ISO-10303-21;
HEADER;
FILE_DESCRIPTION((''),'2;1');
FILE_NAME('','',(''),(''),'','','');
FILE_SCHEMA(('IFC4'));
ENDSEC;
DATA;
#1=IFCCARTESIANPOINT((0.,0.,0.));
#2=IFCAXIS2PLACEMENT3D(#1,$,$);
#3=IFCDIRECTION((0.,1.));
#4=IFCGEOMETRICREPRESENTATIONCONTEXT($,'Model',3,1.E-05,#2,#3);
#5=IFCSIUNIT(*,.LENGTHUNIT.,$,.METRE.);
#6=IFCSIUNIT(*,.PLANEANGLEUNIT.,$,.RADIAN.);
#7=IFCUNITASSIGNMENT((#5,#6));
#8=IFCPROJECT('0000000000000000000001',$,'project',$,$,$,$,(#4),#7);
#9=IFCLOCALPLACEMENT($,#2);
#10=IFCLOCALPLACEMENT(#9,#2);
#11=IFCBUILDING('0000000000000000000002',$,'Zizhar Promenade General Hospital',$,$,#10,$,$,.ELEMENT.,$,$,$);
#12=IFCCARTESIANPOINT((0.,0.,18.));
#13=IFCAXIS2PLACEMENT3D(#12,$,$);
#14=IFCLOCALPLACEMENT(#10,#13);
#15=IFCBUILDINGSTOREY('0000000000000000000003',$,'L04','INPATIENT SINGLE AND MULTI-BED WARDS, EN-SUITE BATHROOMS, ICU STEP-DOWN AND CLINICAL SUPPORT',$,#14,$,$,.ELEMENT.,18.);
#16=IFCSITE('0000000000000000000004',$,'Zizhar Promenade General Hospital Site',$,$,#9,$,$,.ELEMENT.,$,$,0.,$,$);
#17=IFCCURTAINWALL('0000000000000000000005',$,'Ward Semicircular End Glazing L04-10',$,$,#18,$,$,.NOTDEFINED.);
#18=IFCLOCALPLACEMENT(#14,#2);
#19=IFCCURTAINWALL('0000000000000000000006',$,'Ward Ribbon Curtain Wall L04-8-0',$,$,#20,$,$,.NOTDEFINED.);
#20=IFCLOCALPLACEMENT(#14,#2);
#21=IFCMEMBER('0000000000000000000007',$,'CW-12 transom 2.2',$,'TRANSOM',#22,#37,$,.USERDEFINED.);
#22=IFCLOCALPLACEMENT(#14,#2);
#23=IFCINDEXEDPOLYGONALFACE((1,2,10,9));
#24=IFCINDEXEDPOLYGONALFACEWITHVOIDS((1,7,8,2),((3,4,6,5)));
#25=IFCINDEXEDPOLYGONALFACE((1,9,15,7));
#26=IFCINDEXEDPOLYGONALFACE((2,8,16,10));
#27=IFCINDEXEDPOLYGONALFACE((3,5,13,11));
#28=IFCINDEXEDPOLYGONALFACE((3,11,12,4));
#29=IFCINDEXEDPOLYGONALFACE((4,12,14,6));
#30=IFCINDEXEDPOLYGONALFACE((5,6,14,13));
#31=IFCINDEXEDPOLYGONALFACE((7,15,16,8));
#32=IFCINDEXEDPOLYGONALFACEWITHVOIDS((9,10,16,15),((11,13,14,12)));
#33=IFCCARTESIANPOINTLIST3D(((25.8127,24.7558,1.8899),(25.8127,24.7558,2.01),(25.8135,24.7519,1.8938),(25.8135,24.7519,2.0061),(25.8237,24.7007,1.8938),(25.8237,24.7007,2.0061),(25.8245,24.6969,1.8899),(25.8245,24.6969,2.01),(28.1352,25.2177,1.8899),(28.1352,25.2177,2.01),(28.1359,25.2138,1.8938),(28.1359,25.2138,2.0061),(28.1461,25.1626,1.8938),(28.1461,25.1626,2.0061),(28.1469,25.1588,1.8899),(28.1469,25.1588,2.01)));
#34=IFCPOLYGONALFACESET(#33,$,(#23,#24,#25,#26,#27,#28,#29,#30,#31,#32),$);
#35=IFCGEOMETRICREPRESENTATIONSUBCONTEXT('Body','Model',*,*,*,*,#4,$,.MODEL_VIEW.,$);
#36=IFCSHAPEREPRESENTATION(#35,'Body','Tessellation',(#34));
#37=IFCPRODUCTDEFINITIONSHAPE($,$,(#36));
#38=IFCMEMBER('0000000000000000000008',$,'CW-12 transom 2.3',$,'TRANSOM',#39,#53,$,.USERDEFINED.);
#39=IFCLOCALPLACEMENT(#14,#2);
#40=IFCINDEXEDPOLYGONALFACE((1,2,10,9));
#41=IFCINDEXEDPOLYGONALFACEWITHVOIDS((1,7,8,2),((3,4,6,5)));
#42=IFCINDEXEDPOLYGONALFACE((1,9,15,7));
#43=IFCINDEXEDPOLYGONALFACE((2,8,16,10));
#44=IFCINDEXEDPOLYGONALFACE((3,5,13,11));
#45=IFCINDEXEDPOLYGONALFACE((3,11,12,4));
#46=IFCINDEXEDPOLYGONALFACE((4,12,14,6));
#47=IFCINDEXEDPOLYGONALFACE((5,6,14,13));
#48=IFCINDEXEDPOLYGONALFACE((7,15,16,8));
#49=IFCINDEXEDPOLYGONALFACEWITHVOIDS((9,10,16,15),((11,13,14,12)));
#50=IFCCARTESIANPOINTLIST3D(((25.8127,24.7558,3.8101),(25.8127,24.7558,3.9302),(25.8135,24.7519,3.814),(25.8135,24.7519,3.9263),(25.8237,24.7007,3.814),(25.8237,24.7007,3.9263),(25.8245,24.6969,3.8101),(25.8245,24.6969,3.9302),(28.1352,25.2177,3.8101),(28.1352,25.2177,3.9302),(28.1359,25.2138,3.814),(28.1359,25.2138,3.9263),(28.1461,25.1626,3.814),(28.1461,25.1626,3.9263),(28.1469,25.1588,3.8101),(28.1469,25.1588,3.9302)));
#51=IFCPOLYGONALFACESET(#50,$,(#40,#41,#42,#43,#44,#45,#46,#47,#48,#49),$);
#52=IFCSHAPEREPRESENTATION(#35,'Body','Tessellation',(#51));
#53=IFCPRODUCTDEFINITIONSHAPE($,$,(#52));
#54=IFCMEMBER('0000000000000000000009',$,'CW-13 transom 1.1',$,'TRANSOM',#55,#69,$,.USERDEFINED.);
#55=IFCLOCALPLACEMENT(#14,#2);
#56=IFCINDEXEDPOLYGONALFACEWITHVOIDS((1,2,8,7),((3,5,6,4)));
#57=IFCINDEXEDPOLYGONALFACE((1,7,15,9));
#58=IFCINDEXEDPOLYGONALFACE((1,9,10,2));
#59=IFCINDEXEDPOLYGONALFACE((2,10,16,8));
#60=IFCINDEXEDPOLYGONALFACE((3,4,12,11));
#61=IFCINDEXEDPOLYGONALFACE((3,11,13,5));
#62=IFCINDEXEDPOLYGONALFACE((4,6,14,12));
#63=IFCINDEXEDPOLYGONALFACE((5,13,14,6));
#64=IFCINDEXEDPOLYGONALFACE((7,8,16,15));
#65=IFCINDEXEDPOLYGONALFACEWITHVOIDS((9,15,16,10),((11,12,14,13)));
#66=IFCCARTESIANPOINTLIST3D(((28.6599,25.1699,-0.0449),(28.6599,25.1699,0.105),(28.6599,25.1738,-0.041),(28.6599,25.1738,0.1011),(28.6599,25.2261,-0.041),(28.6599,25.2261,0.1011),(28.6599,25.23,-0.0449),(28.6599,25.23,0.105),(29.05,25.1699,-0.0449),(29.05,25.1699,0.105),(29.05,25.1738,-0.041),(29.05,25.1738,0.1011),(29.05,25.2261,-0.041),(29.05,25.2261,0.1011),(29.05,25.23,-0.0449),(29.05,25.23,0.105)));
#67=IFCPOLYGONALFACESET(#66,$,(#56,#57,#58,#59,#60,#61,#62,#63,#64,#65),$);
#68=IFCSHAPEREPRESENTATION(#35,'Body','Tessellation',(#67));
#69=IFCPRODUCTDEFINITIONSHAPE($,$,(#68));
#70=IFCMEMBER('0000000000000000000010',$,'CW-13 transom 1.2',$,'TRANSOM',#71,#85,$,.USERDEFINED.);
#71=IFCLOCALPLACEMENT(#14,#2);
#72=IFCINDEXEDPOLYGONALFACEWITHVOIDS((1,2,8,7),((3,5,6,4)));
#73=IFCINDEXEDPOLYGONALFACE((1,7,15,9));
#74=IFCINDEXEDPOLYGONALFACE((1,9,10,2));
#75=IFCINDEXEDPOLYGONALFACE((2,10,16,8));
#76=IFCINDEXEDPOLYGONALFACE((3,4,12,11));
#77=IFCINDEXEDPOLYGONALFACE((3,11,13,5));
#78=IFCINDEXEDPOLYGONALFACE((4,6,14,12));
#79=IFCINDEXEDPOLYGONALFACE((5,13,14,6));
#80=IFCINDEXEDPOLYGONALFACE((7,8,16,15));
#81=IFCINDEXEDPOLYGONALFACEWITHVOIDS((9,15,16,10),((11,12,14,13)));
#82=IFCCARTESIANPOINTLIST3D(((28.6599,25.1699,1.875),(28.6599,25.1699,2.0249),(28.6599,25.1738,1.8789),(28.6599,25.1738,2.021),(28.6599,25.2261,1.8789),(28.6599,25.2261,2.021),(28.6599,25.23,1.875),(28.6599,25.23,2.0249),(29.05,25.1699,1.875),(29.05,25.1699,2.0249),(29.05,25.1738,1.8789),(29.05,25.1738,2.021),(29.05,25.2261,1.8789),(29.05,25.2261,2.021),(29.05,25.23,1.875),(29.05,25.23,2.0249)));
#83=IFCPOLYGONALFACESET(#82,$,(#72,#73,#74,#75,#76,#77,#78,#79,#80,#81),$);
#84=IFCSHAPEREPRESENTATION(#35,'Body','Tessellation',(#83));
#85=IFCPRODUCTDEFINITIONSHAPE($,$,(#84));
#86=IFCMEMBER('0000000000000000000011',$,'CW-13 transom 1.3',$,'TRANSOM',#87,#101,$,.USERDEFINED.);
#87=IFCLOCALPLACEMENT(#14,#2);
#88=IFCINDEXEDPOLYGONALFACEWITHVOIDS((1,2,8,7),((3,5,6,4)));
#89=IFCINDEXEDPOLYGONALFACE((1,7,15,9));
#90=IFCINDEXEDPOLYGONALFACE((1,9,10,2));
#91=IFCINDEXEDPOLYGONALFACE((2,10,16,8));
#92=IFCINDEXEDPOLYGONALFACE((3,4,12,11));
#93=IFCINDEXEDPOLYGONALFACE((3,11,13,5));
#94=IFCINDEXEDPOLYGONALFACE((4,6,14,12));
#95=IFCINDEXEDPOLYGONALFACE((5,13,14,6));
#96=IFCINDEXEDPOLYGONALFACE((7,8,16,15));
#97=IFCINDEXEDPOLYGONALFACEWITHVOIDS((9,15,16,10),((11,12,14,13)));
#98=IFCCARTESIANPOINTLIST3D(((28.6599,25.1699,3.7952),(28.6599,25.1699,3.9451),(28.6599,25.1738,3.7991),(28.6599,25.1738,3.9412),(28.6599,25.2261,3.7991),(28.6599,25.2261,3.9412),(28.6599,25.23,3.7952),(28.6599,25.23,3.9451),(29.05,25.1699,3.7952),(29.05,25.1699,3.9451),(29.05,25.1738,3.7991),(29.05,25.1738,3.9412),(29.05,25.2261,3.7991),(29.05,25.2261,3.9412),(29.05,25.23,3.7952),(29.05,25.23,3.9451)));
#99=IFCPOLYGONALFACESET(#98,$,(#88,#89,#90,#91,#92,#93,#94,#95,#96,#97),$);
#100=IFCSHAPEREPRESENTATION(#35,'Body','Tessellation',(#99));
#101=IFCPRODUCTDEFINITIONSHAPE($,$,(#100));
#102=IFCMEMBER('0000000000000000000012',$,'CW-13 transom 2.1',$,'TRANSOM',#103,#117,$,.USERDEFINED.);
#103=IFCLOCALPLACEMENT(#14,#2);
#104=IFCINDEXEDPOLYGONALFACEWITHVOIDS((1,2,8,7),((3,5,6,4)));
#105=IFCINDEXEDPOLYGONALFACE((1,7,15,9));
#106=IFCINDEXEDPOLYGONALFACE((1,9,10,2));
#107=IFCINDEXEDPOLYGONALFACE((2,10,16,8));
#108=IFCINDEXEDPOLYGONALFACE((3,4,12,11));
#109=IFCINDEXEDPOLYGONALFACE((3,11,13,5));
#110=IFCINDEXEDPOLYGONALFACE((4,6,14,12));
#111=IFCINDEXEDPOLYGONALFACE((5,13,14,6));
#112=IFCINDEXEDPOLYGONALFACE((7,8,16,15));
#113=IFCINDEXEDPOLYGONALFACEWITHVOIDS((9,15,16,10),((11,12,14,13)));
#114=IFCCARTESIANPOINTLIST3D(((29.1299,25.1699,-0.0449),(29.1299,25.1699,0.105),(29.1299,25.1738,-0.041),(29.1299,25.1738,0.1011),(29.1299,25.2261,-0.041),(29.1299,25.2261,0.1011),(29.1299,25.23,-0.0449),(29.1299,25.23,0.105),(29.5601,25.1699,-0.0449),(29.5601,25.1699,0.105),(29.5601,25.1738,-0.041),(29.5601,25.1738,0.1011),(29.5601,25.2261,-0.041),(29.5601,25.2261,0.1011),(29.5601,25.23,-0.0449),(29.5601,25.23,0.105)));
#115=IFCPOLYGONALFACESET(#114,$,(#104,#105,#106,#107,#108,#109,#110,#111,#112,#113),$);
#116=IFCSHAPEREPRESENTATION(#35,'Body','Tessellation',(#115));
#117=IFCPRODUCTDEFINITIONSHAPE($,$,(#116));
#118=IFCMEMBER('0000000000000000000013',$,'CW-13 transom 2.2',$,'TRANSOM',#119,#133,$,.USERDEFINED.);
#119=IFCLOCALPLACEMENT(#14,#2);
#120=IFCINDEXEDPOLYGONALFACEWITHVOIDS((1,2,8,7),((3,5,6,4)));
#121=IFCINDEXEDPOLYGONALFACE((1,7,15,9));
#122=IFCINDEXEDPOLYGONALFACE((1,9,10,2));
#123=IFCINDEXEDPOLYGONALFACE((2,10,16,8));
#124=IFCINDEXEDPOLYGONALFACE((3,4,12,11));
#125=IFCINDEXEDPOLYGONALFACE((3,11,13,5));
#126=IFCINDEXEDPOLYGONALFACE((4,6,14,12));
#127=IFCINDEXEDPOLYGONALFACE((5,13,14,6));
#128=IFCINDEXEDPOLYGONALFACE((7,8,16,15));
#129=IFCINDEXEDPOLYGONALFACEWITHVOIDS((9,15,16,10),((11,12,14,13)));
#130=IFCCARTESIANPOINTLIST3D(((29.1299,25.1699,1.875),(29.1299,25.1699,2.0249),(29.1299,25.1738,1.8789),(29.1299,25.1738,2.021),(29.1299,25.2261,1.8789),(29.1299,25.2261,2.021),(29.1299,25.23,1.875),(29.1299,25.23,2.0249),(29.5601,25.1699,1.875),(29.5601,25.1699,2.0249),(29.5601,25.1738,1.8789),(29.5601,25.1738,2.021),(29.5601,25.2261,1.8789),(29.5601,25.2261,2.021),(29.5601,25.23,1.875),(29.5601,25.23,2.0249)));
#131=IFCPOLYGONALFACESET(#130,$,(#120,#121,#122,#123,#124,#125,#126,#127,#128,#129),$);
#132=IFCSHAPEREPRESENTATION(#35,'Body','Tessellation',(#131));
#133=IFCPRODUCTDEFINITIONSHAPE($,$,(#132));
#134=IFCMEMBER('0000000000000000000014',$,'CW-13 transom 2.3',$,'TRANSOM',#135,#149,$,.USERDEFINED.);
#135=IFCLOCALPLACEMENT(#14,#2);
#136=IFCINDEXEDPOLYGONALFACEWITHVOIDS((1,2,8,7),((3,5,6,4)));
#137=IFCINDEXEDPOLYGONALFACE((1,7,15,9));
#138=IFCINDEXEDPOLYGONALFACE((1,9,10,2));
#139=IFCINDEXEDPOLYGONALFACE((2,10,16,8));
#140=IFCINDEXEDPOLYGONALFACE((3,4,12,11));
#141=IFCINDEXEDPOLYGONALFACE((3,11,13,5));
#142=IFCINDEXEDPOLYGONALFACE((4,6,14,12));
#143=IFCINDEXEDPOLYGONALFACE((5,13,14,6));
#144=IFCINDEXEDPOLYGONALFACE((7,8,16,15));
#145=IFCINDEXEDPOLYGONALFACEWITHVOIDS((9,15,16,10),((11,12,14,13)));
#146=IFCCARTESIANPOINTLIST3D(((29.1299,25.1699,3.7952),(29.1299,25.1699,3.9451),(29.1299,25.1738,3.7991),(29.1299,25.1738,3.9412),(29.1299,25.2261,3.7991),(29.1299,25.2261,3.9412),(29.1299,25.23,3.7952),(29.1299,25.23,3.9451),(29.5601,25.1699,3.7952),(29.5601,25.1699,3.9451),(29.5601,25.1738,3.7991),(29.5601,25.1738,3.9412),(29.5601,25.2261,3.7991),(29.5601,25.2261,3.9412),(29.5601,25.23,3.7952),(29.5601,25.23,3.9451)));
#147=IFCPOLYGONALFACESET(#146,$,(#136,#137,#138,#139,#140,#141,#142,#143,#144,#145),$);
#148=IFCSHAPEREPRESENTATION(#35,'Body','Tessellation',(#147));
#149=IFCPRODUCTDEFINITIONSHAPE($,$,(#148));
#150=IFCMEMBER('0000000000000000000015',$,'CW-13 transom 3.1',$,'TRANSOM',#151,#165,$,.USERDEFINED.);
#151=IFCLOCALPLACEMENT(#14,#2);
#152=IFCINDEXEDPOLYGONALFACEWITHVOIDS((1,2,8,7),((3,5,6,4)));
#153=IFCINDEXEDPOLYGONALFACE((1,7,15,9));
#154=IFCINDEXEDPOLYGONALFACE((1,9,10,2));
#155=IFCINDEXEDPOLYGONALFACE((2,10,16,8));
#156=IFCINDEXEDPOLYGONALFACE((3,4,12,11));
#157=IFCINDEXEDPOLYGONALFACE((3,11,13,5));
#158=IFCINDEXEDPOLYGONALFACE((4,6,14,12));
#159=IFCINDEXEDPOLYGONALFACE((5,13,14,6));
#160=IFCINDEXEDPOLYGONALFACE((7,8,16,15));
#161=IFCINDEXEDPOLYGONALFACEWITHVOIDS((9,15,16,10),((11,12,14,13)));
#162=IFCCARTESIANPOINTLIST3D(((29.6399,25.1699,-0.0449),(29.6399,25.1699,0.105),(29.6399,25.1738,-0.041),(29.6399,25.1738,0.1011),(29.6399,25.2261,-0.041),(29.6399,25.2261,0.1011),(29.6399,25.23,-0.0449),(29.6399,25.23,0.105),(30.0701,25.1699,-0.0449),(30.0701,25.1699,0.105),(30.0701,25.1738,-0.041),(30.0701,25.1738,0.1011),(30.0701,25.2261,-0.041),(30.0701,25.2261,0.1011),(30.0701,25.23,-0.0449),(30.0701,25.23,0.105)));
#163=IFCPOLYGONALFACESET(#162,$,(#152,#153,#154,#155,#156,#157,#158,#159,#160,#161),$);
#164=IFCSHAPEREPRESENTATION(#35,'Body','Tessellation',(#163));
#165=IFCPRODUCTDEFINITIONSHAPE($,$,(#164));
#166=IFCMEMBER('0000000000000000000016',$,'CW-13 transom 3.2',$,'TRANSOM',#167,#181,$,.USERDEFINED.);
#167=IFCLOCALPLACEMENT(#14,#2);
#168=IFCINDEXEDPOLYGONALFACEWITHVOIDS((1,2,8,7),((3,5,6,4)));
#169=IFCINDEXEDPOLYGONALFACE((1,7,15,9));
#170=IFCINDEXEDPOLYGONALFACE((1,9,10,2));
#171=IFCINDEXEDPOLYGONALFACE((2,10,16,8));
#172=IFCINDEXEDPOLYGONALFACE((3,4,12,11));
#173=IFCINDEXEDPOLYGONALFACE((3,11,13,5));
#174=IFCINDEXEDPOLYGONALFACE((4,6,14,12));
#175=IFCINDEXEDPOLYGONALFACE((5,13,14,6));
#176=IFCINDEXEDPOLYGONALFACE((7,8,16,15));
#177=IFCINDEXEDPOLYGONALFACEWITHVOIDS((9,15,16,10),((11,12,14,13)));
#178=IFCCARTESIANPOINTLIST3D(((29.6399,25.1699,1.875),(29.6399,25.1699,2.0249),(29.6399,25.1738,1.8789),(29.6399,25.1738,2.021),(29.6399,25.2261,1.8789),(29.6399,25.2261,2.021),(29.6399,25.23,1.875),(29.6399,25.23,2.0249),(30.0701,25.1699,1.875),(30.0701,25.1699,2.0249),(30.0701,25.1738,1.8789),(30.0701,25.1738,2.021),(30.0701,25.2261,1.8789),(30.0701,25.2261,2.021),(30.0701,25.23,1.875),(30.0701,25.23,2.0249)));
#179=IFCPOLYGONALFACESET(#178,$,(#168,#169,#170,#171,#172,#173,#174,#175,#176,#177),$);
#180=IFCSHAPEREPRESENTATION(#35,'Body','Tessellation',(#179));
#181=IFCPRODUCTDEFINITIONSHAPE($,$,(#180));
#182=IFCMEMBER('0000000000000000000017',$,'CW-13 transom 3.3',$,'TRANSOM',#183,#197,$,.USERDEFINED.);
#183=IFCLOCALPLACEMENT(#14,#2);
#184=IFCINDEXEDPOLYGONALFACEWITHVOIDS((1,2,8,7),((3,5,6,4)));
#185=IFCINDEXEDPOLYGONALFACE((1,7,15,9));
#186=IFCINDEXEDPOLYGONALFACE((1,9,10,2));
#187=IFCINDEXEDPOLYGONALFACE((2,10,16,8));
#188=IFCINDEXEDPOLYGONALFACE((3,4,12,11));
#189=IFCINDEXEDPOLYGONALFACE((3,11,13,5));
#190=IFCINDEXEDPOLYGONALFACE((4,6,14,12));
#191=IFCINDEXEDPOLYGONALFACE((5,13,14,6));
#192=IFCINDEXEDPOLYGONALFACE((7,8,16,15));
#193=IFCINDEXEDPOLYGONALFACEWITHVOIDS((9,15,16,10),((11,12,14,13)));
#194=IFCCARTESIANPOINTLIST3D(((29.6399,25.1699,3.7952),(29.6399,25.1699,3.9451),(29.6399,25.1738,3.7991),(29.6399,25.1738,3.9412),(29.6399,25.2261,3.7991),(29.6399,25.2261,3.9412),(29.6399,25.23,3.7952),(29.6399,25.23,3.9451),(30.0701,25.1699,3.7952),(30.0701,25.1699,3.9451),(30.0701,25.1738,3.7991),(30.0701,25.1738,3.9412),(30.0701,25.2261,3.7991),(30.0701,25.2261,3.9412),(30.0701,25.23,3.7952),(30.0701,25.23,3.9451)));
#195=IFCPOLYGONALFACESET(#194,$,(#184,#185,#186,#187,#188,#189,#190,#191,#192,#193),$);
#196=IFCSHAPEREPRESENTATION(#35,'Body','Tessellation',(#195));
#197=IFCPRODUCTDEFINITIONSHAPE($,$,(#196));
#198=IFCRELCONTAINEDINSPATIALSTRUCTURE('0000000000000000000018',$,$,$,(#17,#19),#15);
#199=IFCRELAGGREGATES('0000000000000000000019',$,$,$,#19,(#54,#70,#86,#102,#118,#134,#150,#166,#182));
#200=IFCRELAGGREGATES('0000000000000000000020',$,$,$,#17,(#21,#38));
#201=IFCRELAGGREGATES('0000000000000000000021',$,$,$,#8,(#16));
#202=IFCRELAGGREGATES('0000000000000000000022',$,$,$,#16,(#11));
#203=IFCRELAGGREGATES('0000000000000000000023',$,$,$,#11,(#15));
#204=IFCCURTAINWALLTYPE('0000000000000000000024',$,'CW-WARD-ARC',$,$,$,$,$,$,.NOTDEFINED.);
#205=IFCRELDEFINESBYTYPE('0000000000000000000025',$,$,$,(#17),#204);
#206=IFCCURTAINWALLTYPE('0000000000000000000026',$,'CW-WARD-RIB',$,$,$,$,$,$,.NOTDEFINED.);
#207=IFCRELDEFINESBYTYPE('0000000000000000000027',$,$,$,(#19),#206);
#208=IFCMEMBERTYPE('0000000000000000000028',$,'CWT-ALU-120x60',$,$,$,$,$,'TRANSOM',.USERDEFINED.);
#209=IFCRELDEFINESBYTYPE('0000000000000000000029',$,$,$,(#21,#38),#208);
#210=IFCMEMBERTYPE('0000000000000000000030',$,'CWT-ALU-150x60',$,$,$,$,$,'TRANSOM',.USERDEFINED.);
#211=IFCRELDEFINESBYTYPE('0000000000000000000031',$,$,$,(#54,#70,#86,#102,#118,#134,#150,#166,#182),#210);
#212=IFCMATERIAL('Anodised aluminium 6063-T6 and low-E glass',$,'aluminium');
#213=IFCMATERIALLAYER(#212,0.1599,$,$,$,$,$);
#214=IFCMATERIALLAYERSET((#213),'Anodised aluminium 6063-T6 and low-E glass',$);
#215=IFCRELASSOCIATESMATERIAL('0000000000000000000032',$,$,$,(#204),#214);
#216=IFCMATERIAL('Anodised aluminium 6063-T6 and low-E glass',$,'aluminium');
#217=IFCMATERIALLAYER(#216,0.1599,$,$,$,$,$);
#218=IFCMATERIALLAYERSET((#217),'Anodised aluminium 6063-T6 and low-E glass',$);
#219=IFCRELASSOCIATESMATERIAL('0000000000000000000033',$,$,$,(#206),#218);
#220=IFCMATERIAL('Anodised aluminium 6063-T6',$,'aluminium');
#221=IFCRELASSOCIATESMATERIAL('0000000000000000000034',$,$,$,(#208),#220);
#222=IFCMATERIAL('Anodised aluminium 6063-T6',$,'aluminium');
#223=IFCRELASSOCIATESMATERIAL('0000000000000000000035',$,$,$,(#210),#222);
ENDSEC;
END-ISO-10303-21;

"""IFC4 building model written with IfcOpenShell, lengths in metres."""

from ifc_helpers import new_model, si_unit, direction, frame, origin, origin_2d, place, context, subcontext, project, spatial, hollow_rectangle, extrude, material, layer, layer_set, material_profile, profile_set, type_object, element, aggregate, save


model = new_model("IFC4")

# Units and contexts
model_context = context("Model", 3, precision=1e-05, world=origin(), true_north=direction((0.0, 1.0)))
body_context = subcontext(model_context, "Body", "Model", "MODEL_VIEW")
ifc_project = project(units=[si_unit("LENGTHUNIT", "METRE"), si_unit("PLANEANGLEUNIT", "RADIAN")], contexts=[model_context])

# Site, building, storey
site_placement = place(None, origin())
site = spatial("IfcSite", under=ifc_project, at=site_placement, Name="Zizhar Promenade General Hospital Site", CompositionType="ELEMENT", RefElevation=0.0)
building_placement = place(site_placement, origin())
building = spatial("IfcBuilding", under=site, at=building_placement, Name="Zizhar Promenade General Hospital", CompositionType="ELEMENT")
storey_placement = place(building_placement, frame((0.0, 0.0, 18.0)))
storey = spatial("IfcBuildingStorey", under=building, at=storey_placement, Name="L04", Description="INPATIENT SINGLE AND MULTI-BED WARDS, EN-SUITE BATHROOMS, ICU STEP-DOWN AND CLINICAL SUPPORT", CompositionType="ELEMENT", Elevation=18.0)

# Curtain walls
ifc_material_1 = material(Name="Anodised aluminium 6063-T6 and low-E glass", Category="aluminium")
ifc_layer_1 = layer(ifc_material_1, 0.1599)
ifc_layer_set_1 = layer_set([ifc_layer_1], Name="Anodised aluminium 6063-T6 and low-E glass")
curtain_wall_type_1 = type_object("IfcCurtainWallType", Name="CW-WARD-ARC", PredefinedType="NOTDEFINED", material=ifc_layer_set_1)
curtain_wall_1_placement = place(storey_placement, origin())
curtain_wall_1 = element("IfcCurtainWall", 1, at=curtain_wall_1_placement, inside=storey, type_object=curtain_wall_type_1, Name="Ward Semicircular End Glazing L04-10", PredefinedType="NOTDEFINED")
ifc_material_2 = material(Name="Anodised aluminium 6063-T6 and low-E glass", Category="aluminium")
ifc_layer_2 = layer(ifc_material_2, 0.1599)
ifc_layer_set_2 = layer_set([ifc_layer_2], Name="Anodised aluminium 6063-T6 and low-E glass")
curtain_wall_type_2 = type_object("IfcCurtainWallType", Name="CW-WARD-RIB", PredefinedType="NOTDEFINED", material=ifc_layer_set_2)
curtain_wall_2_placement = place(storey_placement, origin())
curtain_wall_2 = element("IfcCurtainWall", 2, at=curtain_wall_2_placement, inside=storey, type_object=curtain_wall_type_2, Name="Ward Ribbon Curtain Wall L04-8-0", PredefinedType="NOTDEFINED")

# Members
ifc_material_3 = material(Name="Anodised aluminium 6063-T6", Category="aluminium")
ifc_material_profile_1 = material_profile(ifc_material_3, hollow_rectangle(XDim=0.0601, YDim=0.1201, WallThickness=0.0039, at=origin_2d()))
ifc_profile_set_1 = profile_set([ifc_material_profile_1], Name="Anodised aluminium 6063-T6")
member_type_1 = type_object("IfcMemberType", Name="CWT-ALU-120x60", ElementType="TRANSOM", PredefinedType="USERDEFINED", material=ifc_profile_set_1)
member_1_placement = place(storey_placement, frame((25.8186, 24.7263, 1.95), z_axis=(0.98079, 0.195065, 0.0), x_axis=(-0.195065, 0.98079, 0.0)))
member_1 = element("IfcMember", 3, at=member_1_placement, type_object=member_type_1, Name="CW-12 transom 2.2", ObjectType="TRANSOM", PredefinedType="USERDEFINED", context=body_context, shape_type="SweptSolid", body=[
    extrude(hollow_rectangle(XDim=0.0601, YDim=0.1201, WallThickness=0.0039, at=origin_2d()), origin(), (0.0, 0.0, 1.0), 2.3679),
])
member_2_placement = place(storey_placement, frame((25.8186, 24.7263, 3.8701), z_axis=(0.98079, 0.195065, 0.0), x_axis=(-0.195065, 0.98079, 0.0)))
member_2 = element("IfcMember", 4, at=member_2_placement, type_object=member_type_1, Name="CW-12 transom 2.3", ObjectType="TRANSOM", PredefinedType="USERDEFINED", context=body_context, shape_type="SweptSolid", body=[
    extrude(hollow_rectangle(XDim=0.0601, YDim=0.1201, WallThickness=0.0039, at=origin_2d()), origin(), (0.0, 0.0, 1.0), 2.3679),
])
ifc_material_4 = material(Name="Anodised aluminium 6063-T6", Category="aluminium")
ifc_material_profile_2 = material_profile(ifc_material_4, hollow_rectangle(XDim=0.0601, YDim=0.1499, WallThickness=0.0039, at=origin_2d()))
ifc_profile_set_2 = profile_set([ifc_material_profile_2], Name="Anodised aluminium 6063-T6")
member_type_2 = type_object("IfcMemberType", Name="CWT-ALU-150x60", ElementType="TRANSOM", PredefinedType="USERDEFINED", material=ifc_profile_set_2)
member_3_placement = place(storey_placement, frame((28.6599, 25.2, 0.03), z_axis=(1.0, 0.0, 0.0), x_axis=(0.0, 1.0, 0.0)))
member_3 = element("IfcMember", 5, at=member_3_placement, type_object=member_type_2, Name="CW-13 transom 1.1", ObjectType="TRANSOM", PredefinedType="USERDEFINED", context=body_context, shape_type="SweptSolid", body=[
    extrude(hollow_rectangle(XDim=0.0601, YDim=0.1499, WallThickness=0.0039, at=origin_2d()), origin(), (0.0, 0.0, 1.0), 0.3901),
])
member_4_placement = place(storey_placement, frame((28.6599, 25.2, 1.95), z_axis=(1.0, 0.0, 0.0), x_axis=(0.0, 1.0, 0.0)))
member_4 = element("IfcMember", 6, at=member_4_placement, type_object=member_type_2, Name="CW-13 transom 1.2", ObjectType="TRANSOM", PredefinedType="USERDEFINED", context=body_context, shape_type="SweptSolid", body=[
    extrude(hollow_rectangle(XDim=0.0601, YDim=0.1499, WallThickness=0.0039, at=origin_2d()), origin(), (0.0, 0.0, 1.0), 0.3901),
])
member_5_placement = place(storey_placement, frame((28.6599, 25.2, 3.8701), z_axis=(1.0, 0.0, 0.0), x_axis=(0.0, 1.0, 0.0)))
member_5 = element("IfcMember", 7, at=member_5_placement, type_object=member_type_2, Name="CW-13 transom 1.3", ObjectType="TRANSOM", PredefinedType="USERDEFINED", context=body_context, shape_type="SweptSolid", body=[
    extrude(hollow_rectangle(XDim=0.0601, YDim=0.1499, WallThickness=0.0039, at=origin_2d()), origin(), (0.0, 0.0, 1.0), 0.3901),
])
member_6_placement = place(storey_placement, frame((29.1299, 25.2, 0.03), z_axis=(1.0, 0.0, 0.0), x_axis=(0.0, 1.0, 0.0)))
member_6 = element("IfcMember", 8, at=member_6_placement, type_object=member_type_2, Name="CW-13 transom 2.1", ObjectType="TRANSOM", PredefinedType="USERDEFINED", context=body_context, shape_type="SweptSolid", body=[
    extrude(hollow_rectangle(XDim=0.0601, YDim=0.1499, WallThickness=0.0039, at=origin_2d()), origin(), (0.0, 0.0, 1.0), 0.4302),
])
member_7_placement = place(storey_placement, frame((29.1299, 25.2, 1.95), z_axis=(1.0, 0.0, 0.0), x_axis=(0.0, 1.0, 0.0)))
member_7 = element("IfcMember", 9, at=member_7_placement, type_object=member_type_2, Name="CW-13 transom 2.2", ObjectType="TRANSOM", PredefinedType="USERDEFINED", context=body_context, shape_type="SweptSolid", body=[
    extrude(hollow_rectangle(XDim=0.0601, YDim=0.1499, WallThickness=0.0039, at=origin_2d()), origin(), (0.0, 0.0, 1.0), 0.4302),
])
member_8_placement = place(storey_placement, frame((29.1299, 25.2, 3.8701), z_axis=(1.0, 0.0, 0.0), x_axis=(0.0, 1.0, 0.0)))
member_8 = element("IfcMember", 10, at=member_8_placement, type_object=member_type_2, Name="CW-13 transom 2.3", ObjectType="TRANSOM", PredefinedType="USERDEFINED", context=body_context, shape_type="SweptSolid", body=[
    extrude(hollow_rectangle(XDim=0.0601, YDim=0.1499, WallThickness=0.0039, at=origin_2d()), origin(), (0.0, 0.0, 1.0), 0.4302),
])
member_9_placement = place(storey_placement, frame((29.6399, 25.2, 0.03), z_axis=(1.0, 0.0, 0.0), x_axis=(0.0, 1.0, 0.0)))
member_9 = element("IfcMember", 11, at=member_9_placement, type_object=member_type_2, Name="CW-13 transom 3.1", ObjectType="TRANSOM", PredefinedType="USERDEFINED", context=body_context, shape_type="SweptSolid", body=[
    extrude(hollow_rectangle(XDim=0.0601, YDim=0.1499, WallThickness=0.0039, at=origin_2d()), origin(), (0.0, 0.0, 1.0), 0.4302),
])
member_10_placement = place(storey_placement, frame((29.6399, 25.2, 1.95), z_axis=(1.0, 0.0, 0.0), x_axis=(0.0, 1.0, 0.0)))
member_10 = element("IfcMember", 12, at=member_10_placement, type_object=member_type_2, Name="CW-13 transom 3.2", ObjectType="TRANSOM", PredefinedType="USERDEFINED", context=body_context, shape_type="SweptSolid", body=[
    extrude(hollow_rectangle(XDim=0.0601, YDim=0.1499, WallThickness=0.0039, at=origin_2d()), origin(), (0.0, 0.0, 1.0), 0.4302),
])
member_11_placement = place(storey_placement, frame((29.6399, 25.2, 3.8701), z_axis=(1.0, 0.0, 0.0), x_axis=(0.0, 1.0, 0.0)))
member_11 = element("IfcMember", 13, at=member_11_placement, type_object=member_type_2, Name="CW-13 transom 3.3", ObjectType="TRANSOM", PredefinedType="USERDEFINED", context=body_context, shape_type="SweptSolid", body=[
    extrude(hollow_rectangle(XDim=0.0601, YDim=0.1499, WallThickness=0.0039, at=origin_2d()), origin(), (0.0, 0.0, 1.0), 0.4302),
])

aggregate(curtain_wall_2, [member_3, member_4, member_5, member_6, member_7, member_8, member_9, member_10, member_11])
aggregate(curtain_wall_1, [member_1, member_2])

save(model, "model.ifc")
